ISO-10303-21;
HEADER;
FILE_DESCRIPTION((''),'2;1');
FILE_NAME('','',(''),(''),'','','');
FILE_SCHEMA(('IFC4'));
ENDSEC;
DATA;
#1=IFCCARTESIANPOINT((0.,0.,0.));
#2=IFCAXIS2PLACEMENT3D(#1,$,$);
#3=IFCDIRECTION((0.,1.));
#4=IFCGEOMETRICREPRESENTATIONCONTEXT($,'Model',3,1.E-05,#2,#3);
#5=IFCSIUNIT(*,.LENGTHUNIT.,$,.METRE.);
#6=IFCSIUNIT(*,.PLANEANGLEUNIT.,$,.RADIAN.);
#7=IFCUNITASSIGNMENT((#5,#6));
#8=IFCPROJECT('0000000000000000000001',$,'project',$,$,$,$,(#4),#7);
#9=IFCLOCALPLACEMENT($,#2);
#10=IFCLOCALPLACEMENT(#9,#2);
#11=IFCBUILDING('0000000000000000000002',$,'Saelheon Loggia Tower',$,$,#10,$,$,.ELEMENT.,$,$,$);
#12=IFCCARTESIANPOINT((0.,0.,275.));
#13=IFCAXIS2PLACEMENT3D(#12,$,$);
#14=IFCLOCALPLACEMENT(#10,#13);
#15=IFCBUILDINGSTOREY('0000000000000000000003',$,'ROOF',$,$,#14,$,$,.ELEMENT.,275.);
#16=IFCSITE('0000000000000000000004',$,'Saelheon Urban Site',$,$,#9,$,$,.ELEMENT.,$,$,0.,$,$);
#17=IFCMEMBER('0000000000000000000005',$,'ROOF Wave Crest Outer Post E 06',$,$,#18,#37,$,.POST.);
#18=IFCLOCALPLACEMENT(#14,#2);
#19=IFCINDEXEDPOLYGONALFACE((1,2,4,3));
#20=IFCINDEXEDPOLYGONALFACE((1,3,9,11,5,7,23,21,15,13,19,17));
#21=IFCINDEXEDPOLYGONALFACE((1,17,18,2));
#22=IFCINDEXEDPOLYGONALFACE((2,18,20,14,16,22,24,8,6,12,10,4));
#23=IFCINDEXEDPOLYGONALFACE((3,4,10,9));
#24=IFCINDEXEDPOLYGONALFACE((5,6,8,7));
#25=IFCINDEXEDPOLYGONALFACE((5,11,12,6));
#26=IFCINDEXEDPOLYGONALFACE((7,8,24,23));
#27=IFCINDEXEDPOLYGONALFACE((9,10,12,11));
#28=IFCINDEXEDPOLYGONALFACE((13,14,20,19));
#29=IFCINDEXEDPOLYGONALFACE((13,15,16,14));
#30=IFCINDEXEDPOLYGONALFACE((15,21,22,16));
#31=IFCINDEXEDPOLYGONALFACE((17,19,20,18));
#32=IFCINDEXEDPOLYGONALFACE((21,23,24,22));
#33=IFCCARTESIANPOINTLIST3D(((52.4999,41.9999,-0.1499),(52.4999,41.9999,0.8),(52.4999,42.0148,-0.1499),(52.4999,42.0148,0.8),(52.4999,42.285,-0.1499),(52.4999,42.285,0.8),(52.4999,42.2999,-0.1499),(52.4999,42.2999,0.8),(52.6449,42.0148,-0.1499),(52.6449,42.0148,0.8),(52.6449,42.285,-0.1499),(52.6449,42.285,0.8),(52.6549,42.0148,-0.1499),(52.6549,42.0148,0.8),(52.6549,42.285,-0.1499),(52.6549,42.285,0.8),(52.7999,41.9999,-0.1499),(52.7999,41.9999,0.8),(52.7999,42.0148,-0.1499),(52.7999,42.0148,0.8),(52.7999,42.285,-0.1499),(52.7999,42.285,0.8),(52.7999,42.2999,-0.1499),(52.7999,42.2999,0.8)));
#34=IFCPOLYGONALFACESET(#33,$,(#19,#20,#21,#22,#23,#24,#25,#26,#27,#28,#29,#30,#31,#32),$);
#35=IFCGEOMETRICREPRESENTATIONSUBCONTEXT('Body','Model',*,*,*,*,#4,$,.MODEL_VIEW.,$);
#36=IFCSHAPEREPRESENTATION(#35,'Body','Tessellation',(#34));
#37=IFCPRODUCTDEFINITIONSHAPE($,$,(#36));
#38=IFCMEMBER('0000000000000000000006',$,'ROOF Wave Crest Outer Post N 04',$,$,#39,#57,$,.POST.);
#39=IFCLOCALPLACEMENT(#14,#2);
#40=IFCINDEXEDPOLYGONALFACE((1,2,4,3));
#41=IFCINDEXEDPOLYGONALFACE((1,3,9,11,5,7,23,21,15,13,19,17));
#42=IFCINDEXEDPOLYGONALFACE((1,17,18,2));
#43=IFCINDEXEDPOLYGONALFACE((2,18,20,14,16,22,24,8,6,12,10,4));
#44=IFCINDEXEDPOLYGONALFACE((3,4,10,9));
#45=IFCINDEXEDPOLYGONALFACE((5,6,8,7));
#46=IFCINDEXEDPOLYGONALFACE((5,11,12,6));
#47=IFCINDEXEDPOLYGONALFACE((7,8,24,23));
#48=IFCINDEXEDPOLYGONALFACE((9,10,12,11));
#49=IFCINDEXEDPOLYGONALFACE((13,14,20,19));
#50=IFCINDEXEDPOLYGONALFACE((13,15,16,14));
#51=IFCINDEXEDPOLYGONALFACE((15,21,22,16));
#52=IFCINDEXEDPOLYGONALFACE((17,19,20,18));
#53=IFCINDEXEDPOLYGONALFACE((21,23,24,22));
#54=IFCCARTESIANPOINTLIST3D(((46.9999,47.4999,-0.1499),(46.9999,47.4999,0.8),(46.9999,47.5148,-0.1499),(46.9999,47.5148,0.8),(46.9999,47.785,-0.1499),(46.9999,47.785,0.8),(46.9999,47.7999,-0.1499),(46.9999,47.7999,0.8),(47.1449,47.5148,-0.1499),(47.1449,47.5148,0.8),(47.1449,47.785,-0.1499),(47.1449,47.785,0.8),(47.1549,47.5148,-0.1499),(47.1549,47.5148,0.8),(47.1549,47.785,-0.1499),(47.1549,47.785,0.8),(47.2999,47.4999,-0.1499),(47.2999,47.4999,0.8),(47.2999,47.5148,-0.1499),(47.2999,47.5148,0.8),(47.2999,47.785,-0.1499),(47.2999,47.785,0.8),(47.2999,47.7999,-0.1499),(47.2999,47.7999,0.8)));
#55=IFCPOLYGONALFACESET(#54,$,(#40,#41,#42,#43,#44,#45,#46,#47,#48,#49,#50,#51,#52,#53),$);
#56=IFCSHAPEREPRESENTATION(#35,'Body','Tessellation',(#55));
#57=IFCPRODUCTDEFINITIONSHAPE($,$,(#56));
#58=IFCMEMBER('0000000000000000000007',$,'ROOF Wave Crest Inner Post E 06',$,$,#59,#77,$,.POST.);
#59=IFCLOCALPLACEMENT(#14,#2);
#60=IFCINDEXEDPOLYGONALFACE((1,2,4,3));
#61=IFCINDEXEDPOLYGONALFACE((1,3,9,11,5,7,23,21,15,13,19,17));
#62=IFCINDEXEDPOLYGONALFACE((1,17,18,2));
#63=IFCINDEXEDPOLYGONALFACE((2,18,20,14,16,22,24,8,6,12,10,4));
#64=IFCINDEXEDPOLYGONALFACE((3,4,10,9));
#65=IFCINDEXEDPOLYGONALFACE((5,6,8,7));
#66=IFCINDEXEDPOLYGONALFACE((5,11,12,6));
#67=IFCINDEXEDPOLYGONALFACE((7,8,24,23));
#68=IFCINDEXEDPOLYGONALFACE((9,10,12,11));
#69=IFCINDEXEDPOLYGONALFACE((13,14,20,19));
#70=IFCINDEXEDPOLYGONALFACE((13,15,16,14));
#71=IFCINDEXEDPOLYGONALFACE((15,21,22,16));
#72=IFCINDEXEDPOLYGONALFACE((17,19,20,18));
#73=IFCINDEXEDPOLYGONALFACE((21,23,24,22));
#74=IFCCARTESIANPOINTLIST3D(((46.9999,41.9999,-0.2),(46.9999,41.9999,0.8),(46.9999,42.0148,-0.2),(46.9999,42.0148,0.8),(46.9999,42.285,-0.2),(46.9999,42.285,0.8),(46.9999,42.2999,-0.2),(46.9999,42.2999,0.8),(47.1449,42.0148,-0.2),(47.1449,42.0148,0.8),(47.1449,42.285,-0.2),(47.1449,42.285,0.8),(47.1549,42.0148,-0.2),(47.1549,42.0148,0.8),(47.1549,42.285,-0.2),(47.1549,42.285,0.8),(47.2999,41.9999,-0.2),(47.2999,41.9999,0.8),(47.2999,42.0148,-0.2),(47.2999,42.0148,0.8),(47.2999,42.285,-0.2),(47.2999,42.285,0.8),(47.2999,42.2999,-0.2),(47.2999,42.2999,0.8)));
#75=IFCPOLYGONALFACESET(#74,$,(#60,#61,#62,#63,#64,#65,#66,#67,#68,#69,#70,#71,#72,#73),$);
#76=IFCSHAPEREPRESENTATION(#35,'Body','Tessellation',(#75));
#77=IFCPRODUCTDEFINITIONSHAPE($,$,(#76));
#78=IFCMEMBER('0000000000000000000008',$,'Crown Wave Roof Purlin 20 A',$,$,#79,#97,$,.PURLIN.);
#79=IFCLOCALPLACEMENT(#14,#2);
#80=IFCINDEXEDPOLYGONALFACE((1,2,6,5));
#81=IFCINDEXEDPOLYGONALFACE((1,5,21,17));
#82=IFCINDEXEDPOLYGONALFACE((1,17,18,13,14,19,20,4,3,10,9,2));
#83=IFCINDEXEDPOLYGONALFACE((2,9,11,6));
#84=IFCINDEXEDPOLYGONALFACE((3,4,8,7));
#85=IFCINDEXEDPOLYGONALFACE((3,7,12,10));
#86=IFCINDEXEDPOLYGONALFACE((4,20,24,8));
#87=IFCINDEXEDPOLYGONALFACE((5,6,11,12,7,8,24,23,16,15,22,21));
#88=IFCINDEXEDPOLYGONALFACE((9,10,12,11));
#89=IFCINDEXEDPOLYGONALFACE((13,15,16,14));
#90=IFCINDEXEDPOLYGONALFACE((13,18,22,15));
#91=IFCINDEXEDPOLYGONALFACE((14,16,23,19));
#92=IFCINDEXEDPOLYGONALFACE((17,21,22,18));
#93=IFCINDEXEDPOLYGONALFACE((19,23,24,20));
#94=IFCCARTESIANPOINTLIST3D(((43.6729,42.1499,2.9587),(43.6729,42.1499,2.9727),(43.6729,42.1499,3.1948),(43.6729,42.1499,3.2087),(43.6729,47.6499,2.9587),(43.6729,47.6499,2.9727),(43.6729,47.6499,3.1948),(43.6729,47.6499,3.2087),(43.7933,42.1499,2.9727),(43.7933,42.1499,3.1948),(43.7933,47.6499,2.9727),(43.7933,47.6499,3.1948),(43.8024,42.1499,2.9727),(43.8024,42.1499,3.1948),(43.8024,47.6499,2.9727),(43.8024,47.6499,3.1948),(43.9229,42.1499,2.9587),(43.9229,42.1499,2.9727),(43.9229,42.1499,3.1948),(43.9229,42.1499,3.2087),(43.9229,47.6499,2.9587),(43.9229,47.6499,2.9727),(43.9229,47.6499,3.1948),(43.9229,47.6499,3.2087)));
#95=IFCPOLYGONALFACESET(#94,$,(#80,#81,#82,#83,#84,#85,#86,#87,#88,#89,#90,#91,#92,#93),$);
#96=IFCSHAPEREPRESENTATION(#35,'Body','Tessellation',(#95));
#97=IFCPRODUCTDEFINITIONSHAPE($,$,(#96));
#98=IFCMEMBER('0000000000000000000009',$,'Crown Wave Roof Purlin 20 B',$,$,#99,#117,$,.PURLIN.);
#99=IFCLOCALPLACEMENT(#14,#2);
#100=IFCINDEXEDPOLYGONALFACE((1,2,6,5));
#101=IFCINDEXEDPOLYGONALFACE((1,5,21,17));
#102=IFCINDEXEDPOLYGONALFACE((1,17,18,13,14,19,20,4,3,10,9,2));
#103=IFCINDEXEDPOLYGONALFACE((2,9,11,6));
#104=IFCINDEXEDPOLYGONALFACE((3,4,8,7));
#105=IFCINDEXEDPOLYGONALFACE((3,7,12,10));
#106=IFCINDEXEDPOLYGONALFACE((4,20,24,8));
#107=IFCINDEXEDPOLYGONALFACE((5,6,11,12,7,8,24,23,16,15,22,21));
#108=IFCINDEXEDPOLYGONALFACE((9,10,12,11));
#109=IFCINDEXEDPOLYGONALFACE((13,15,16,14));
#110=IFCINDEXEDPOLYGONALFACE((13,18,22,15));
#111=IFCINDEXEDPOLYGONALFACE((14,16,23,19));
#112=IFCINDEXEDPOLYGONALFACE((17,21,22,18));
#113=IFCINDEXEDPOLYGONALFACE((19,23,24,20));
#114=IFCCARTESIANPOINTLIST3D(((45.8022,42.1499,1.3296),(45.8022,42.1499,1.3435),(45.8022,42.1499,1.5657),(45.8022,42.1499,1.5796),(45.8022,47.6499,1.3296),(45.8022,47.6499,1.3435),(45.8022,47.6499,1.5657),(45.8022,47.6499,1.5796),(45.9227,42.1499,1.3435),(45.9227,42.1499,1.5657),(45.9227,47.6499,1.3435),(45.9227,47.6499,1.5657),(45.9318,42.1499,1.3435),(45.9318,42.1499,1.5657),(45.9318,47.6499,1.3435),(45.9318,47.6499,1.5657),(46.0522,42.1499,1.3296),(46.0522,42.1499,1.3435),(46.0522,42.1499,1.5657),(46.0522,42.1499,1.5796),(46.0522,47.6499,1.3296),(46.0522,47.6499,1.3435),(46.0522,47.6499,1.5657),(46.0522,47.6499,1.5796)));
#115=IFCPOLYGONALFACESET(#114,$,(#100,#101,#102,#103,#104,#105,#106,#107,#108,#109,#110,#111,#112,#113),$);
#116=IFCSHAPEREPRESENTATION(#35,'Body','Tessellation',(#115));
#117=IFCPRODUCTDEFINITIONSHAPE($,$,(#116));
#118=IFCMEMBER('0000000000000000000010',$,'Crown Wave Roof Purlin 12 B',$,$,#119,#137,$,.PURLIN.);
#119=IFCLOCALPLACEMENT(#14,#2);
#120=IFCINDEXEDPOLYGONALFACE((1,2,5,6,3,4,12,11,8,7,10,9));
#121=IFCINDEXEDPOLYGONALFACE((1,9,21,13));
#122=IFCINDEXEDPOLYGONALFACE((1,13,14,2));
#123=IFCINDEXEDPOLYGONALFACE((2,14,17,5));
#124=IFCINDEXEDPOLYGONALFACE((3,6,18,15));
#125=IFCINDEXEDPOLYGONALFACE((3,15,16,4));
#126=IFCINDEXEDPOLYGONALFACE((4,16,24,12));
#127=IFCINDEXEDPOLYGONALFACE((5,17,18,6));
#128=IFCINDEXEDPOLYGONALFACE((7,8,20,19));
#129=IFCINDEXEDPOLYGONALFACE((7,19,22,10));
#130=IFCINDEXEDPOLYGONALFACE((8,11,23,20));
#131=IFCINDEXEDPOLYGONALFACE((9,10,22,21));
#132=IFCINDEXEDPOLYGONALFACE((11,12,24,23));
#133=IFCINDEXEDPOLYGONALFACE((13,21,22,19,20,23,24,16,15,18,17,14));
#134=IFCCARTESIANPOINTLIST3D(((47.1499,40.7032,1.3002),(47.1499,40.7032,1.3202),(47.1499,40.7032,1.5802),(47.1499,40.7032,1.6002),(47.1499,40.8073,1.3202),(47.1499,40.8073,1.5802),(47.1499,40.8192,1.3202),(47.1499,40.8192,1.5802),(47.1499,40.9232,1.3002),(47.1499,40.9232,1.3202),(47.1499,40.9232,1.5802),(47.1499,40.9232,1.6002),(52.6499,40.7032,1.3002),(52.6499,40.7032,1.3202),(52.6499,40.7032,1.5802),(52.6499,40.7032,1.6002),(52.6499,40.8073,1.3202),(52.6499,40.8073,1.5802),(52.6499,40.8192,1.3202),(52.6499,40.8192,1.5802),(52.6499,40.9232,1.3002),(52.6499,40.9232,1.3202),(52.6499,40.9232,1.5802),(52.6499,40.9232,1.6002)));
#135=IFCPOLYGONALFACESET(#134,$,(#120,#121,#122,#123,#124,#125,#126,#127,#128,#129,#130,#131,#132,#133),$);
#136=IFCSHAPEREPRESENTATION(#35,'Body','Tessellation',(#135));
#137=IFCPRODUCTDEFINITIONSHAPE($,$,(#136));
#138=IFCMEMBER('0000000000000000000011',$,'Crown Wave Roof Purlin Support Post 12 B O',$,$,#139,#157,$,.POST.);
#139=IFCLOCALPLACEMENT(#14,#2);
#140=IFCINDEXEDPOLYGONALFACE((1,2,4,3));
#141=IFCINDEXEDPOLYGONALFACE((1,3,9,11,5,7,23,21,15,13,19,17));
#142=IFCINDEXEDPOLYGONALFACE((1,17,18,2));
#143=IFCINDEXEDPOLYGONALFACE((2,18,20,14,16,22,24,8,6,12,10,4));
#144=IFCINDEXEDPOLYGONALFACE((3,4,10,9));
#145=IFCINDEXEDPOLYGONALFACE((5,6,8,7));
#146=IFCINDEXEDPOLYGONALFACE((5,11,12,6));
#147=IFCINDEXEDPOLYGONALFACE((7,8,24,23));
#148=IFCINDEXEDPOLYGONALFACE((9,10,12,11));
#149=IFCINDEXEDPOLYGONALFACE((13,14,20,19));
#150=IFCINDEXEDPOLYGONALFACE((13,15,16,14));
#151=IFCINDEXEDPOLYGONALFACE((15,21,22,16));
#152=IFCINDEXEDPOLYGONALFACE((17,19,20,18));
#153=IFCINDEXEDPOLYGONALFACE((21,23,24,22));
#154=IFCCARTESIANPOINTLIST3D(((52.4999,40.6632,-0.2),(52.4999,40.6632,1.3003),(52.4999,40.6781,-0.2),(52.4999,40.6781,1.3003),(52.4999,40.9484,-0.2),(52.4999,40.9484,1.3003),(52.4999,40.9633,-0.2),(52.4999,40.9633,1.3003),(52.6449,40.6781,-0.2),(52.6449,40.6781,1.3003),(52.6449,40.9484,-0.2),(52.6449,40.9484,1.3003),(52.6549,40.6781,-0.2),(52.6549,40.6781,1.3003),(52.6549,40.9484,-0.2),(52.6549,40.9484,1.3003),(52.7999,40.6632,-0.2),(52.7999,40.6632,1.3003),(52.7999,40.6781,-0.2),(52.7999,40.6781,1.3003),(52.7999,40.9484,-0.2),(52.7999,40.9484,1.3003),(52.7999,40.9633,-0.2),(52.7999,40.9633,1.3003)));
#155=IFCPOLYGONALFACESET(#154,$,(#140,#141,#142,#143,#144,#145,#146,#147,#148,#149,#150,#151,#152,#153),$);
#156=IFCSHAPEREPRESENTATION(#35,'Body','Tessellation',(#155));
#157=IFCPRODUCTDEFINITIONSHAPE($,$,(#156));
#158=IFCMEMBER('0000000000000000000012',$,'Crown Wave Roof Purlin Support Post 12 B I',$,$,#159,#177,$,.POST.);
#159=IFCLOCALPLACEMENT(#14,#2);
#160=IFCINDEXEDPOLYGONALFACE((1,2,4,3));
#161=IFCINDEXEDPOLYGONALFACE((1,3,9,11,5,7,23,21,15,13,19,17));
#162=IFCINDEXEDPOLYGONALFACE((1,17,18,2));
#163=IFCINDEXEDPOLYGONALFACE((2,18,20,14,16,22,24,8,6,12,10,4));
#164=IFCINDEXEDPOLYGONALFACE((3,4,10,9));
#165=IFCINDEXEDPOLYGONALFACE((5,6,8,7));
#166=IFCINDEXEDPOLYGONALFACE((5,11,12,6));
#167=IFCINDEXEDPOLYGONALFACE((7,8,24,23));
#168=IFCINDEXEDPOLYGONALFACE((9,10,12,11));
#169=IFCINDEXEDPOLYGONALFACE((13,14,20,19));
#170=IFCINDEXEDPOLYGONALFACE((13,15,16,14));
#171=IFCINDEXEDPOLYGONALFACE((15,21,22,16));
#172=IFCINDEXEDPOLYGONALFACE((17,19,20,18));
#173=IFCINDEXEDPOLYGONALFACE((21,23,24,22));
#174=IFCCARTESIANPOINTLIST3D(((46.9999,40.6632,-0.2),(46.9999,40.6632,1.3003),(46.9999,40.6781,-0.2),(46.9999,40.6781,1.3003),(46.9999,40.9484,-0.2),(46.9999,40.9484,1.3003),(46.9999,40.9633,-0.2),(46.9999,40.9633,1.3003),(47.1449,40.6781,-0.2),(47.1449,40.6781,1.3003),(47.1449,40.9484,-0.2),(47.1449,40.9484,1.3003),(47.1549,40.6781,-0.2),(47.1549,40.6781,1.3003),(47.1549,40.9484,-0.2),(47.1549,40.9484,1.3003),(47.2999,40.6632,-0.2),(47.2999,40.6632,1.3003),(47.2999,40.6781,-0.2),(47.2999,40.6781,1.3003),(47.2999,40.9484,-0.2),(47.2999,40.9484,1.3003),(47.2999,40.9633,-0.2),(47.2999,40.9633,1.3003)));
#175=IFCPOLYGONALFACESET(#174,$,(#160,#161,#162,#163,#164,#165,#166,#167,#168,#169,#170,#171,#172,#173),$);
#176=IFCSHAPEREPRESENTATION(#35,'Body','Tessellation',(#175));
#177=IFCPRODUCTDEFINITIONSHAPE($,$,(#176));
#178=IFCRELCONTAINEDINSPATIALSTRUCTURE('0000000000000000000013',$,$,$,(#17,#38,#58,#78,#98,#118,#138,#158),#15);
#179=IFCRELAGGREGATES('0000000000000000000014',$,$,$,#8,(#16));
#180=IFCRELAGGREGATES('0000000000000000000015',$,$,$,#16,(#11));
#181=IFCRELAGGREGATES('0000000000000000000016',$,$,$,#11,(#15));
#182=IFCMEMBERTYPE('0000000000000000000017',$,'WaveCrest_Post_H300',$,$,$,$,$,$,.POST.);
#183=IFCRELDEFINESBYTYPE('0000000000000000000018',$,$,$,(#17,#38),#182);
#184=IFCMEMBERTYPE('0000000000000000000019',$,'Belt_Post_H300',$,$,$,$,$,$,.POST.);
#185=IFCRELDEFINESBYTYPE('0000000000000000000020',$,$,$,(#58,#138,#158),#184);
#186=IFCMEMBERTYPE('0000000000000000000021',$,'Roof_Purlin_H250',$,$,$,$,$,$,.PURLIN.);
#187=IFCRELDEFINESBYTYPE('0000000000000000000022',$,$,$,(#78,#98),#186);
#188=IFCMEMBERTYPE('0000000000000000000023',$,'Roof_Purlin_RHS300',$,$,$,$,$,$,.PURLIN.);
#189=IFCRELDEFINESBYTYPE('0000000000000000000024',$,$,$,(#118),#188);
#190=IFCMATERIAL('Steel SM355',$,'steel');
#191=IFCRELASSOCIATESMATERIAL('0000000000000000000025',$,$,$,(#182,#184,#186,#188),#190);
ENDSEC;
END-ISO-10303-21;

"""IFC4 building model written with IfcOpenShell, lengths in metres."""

from ifc_helpers import new_model, si_unit, direction, frame, origin, origin_2d, place, context, subcontext, project, spatial, i_section, extrude, source, transform, mapped, material, material_profile, profile_set, type_object, element, save


model = new_model("IFC4")

# Units and contexts
model_context = context("Model", 3, precision=1e-05, world=origin(), true_north=direction((0.0, 1.0)))
body_context = subcontext(model_context, "Body", "Model", "MODEL_VIEW")
ifc_project = project(units=[si_unit("LENGTHUNIT", "METRE"), si_unit("PLANEANGLEUNIT", "RADIAN")], contexts=[model_context])

# Site, building, storey
site_placement = place(None, origin())
site = spatial("IfcSite", under=ifc_project, at=site_placement, Name="Saelheon Urban Site", CompositionType="ELEMENT", RefElevation=0.0)
building_placement = place(site_placement, origin())
building = spatial("IfcBuilding", under=site, at=building_placement, Name="Saelheon Loggia Tower", CompositionType="ELEMENT")
storey_placement = place(building_placement, frame((0.0, 0.0, 275.0)))
storey = spatial("IfcBuildingStorey", under=building, at=storey_placement, Name="ROOF", CompositionType="ELEMENT", Elevation=275.0)

# Members
ifc_material_1 = material(Name="Steel SM355", Category="steel")
ifc_material_profile_1 = material_profile(ifc_material_1, i_section(OverallWidth=0.3, OverallDepth=0.3, WebThickness=0.01, FlangeThickness=0.0149, at=origin_2d()), Name="H-300x300x10x15")
ifc_profile_set_1 = profile_set([ifc_material_profile_1], Name="Steel SM355")
member_type_1 = type_object("IfcMemberType", Name="WaveCrest_Post_H300", PredefinedType="POST", material=ifc_profile_set_1)
shared_shape_1 = source(origin(), body_context, "Body", "SweptSolid", [
    extrude(i_section(OverallWidth=0.3, OverallDepth=0.3, WebThickness=0.01, FlangeThickness=0.0149, at=origin_2d()), origin(), (0.0, 0.0, 1.0), 0.95),
])
for number, where, z_axis, x_axis, name in (
    (1, (52.6499, 42.1499, -0.1499), (0.0, 0.0, 1.0), (1.0, 0.0, 0.0), "ROOF Wave Crest Outer Post E 06"),
    (2, (47.1499, 47.6499, -0.1499), (0.0, 0.0, 1.0), (1.0, 0.0, 0.0), "ROOF Wave Crest Outer Post N 04"),
):
    element("IfcMember", number, at=place(storey_placement, frame(where, z_axis=z_axis, x_axis=x_axis)), inside=storey, type_object=member_type_1, Name=name, PredefinedType="POST", context=body_context, shape_type="MappedRepresentation", body=[
        mapped(shared_shape_1, transform((0.0, 0.0, 0.0), scale=1.0)),
    ])
ifc_material_profile_2 = material_profile(ifc_material_1, i_section(OverallWidth=0.3, OverallDepth=0.3, WebThickness=0.01, FlangeThickness=0.0149, at=origin_2d()), Name="H-300x300x10x15")
ifc_profile_set_2 = profile_set([ifc_material_profile_2], Name="Steel SM355")
member_type_2 = type_object("IfcMemberType", Name="Belt_Post_H300", PredefinedType="POST", material=ifc_profile_set_2)
shared_shape_2 = source(origin(), body_context, "Body", "SweptSolid", [
    extrude(i_section(OverallWidth=0.3, OverallDepth=0.3, WebThickness=0.01, FlangeThickness=0.0149, at=origin_2d()), origin(), (0.0, 0.0, 1.0), 1.0),
])
member_1_placement = place(storey_placement, frame((47.1499, 42.1499, -0.2), z_axis=(0.0, 0.0, 1.0), x_axis=(1.0, 0.0, 0.0)))
element("IfcMember", 3, at=member_1_placement, inside=storey, type_object=member_type_2, Name="ROOF Wave Crest Inner Post E 06", PredefinedType="POST", context=body_context, shape_type="MappedRepresentation", body=[
    mapped(shared_shape_2, transform((0.0, 0.0, 0.0), scale=1.0)),
])
ifc_material_profile_3 = material_profile(ifc_material_1, i_section(OverallWidth=0.25, OverallDepth=0.25, WebThickness=0.009, FlangeThickness=0.0139, at=origin_2d()), Name="H-250x250x9x14")
ifc_profile_set_3 = profile_set([ifc_material_profile_3], Name="Steel SM355")
member_type_3 = type_object("IfcMemberType", Name="Roof_Purlin_H250", PredefinedType="PURLIN", material=ifc_profile_set_3)
shared_shape_3 = source(origin(), body_context, "Body", "SweptSolid", [
    extrude(i_section(OverallWidth=0.25, OverallDepth=0.25, WebThickness=0.009, FlangeThickness=0.0139, at=origin_2d()), origin(), (0.0, 0.0, 1.0), 5.5),
])
for number, where, z_axis, x_axis, name in (
    (4, (43.7979, 47.6499, 3.0837), (0.0, -1.0, 0.0), (1.0, 0.0, 0.0), "Crown Wave Roof Purlin 20 A"),
    (5, (45.9272, 47.6499, 1.4546), (0.0, -1.0, 0.0), (1.0, 0.0, 0.0), "Crown Wave Roof Purlin 20 B"),
):
    element("IfcMember", number, at=place(storey_placement, frame(where, z_axis=z_axis, x_axis=x_axis)), inside=storey, type_object=member_type_3, Name=name, PredefinedType="PURLIN", context=body_context, shape_type="MappedRepresentation", body=[
        mapped(shared_shape_3, transform((0.0, 0.0, 0.0), scale=1.0)),
    ])
ifc_material_profile_4 = material_profile(ifc_material_1, i_section(OverallWidth=0.22, OverallDepth=0.3, WebThickness=0.012, FlangeThickness=0.02, at=origin_2d()), Name="H-300x220x12x20")
ifc_profile_set_4 = profile_set([ifc_material_profile_4], Name="Steel SM355")
member_type_4 = type_object("IfcMemberType", Name="Roof_Purlin_RHS300", PredefinedType="PURLIN", material=ifc_profile_set_4)
shared_shape_4 = source(origin(), body_context, "Body", "SweptSolid", [
    extrude(i_section(OverallWidth=0.22, OverallDepth=0.3, WebThickness=0.012, FlangeThickness=0.02, at=origin_2d()), origin(), (0.0, 0.0, 1.0), 5.5),
])
member_2_placement = place(storey_placement, frame((52.6499, 40.8132, 1.4502), z_axis=(-1.0, 0.0, 0.0), x_axis=(0.0, -1.0, 0.0)))
element("IfcMember", 6, at=member_2_placement, inside=storey, type_object=member_type_4, Name="Crown Wave Roof Purlin 12 B", PredefinedType="PURLIN", context=body_context, shape_type="MappedRepresentation", body=[
    mapped(shared_shape_4, transform((0.0, 0.0, 0.0), scale=1.0)),
])
shared_shape_5 = source(origin(), body_context, "Body", "SweptSolid", [
    extrude(i_section(OverallWidth=0.3, OverallDepth=0.3, WebThickness=0.01, FlangeThickness=0.0149, at=origin_2d()), origin(), (0.0, 0.0, 1.0), 1.5002),
])
for number, where, z_axis, x_axis, name in (
    (7, (52.6499, 40.8132, -0.2), (0.0, 0.0, 1.0), (1.0, 0.0, 0.0), "Crown Wave Roof Purlin Support Post 12 B O"),
    (8, (47.1499, 40.8132, -0.2), (0.0, 0.0, 1.0), (1.0, 0.0, 0.0), "Crown Wave Roof Purlin Support Post 12 B I"),
):
    element("IfcMember", number, at=place(storey_placement, frame(where, z_axis=z_axis, x_axis=x_axis)), inside=storey, type_object=member_type_2, Name=name, PredefinedType="POST", context=body_context, shape_type="MappedRepresentation", body=[
        mapped(shared_shape_5, transform((0.0, 0.0, 0.0), scale=1.0)),
    ])

save(model, "model.ifc")
